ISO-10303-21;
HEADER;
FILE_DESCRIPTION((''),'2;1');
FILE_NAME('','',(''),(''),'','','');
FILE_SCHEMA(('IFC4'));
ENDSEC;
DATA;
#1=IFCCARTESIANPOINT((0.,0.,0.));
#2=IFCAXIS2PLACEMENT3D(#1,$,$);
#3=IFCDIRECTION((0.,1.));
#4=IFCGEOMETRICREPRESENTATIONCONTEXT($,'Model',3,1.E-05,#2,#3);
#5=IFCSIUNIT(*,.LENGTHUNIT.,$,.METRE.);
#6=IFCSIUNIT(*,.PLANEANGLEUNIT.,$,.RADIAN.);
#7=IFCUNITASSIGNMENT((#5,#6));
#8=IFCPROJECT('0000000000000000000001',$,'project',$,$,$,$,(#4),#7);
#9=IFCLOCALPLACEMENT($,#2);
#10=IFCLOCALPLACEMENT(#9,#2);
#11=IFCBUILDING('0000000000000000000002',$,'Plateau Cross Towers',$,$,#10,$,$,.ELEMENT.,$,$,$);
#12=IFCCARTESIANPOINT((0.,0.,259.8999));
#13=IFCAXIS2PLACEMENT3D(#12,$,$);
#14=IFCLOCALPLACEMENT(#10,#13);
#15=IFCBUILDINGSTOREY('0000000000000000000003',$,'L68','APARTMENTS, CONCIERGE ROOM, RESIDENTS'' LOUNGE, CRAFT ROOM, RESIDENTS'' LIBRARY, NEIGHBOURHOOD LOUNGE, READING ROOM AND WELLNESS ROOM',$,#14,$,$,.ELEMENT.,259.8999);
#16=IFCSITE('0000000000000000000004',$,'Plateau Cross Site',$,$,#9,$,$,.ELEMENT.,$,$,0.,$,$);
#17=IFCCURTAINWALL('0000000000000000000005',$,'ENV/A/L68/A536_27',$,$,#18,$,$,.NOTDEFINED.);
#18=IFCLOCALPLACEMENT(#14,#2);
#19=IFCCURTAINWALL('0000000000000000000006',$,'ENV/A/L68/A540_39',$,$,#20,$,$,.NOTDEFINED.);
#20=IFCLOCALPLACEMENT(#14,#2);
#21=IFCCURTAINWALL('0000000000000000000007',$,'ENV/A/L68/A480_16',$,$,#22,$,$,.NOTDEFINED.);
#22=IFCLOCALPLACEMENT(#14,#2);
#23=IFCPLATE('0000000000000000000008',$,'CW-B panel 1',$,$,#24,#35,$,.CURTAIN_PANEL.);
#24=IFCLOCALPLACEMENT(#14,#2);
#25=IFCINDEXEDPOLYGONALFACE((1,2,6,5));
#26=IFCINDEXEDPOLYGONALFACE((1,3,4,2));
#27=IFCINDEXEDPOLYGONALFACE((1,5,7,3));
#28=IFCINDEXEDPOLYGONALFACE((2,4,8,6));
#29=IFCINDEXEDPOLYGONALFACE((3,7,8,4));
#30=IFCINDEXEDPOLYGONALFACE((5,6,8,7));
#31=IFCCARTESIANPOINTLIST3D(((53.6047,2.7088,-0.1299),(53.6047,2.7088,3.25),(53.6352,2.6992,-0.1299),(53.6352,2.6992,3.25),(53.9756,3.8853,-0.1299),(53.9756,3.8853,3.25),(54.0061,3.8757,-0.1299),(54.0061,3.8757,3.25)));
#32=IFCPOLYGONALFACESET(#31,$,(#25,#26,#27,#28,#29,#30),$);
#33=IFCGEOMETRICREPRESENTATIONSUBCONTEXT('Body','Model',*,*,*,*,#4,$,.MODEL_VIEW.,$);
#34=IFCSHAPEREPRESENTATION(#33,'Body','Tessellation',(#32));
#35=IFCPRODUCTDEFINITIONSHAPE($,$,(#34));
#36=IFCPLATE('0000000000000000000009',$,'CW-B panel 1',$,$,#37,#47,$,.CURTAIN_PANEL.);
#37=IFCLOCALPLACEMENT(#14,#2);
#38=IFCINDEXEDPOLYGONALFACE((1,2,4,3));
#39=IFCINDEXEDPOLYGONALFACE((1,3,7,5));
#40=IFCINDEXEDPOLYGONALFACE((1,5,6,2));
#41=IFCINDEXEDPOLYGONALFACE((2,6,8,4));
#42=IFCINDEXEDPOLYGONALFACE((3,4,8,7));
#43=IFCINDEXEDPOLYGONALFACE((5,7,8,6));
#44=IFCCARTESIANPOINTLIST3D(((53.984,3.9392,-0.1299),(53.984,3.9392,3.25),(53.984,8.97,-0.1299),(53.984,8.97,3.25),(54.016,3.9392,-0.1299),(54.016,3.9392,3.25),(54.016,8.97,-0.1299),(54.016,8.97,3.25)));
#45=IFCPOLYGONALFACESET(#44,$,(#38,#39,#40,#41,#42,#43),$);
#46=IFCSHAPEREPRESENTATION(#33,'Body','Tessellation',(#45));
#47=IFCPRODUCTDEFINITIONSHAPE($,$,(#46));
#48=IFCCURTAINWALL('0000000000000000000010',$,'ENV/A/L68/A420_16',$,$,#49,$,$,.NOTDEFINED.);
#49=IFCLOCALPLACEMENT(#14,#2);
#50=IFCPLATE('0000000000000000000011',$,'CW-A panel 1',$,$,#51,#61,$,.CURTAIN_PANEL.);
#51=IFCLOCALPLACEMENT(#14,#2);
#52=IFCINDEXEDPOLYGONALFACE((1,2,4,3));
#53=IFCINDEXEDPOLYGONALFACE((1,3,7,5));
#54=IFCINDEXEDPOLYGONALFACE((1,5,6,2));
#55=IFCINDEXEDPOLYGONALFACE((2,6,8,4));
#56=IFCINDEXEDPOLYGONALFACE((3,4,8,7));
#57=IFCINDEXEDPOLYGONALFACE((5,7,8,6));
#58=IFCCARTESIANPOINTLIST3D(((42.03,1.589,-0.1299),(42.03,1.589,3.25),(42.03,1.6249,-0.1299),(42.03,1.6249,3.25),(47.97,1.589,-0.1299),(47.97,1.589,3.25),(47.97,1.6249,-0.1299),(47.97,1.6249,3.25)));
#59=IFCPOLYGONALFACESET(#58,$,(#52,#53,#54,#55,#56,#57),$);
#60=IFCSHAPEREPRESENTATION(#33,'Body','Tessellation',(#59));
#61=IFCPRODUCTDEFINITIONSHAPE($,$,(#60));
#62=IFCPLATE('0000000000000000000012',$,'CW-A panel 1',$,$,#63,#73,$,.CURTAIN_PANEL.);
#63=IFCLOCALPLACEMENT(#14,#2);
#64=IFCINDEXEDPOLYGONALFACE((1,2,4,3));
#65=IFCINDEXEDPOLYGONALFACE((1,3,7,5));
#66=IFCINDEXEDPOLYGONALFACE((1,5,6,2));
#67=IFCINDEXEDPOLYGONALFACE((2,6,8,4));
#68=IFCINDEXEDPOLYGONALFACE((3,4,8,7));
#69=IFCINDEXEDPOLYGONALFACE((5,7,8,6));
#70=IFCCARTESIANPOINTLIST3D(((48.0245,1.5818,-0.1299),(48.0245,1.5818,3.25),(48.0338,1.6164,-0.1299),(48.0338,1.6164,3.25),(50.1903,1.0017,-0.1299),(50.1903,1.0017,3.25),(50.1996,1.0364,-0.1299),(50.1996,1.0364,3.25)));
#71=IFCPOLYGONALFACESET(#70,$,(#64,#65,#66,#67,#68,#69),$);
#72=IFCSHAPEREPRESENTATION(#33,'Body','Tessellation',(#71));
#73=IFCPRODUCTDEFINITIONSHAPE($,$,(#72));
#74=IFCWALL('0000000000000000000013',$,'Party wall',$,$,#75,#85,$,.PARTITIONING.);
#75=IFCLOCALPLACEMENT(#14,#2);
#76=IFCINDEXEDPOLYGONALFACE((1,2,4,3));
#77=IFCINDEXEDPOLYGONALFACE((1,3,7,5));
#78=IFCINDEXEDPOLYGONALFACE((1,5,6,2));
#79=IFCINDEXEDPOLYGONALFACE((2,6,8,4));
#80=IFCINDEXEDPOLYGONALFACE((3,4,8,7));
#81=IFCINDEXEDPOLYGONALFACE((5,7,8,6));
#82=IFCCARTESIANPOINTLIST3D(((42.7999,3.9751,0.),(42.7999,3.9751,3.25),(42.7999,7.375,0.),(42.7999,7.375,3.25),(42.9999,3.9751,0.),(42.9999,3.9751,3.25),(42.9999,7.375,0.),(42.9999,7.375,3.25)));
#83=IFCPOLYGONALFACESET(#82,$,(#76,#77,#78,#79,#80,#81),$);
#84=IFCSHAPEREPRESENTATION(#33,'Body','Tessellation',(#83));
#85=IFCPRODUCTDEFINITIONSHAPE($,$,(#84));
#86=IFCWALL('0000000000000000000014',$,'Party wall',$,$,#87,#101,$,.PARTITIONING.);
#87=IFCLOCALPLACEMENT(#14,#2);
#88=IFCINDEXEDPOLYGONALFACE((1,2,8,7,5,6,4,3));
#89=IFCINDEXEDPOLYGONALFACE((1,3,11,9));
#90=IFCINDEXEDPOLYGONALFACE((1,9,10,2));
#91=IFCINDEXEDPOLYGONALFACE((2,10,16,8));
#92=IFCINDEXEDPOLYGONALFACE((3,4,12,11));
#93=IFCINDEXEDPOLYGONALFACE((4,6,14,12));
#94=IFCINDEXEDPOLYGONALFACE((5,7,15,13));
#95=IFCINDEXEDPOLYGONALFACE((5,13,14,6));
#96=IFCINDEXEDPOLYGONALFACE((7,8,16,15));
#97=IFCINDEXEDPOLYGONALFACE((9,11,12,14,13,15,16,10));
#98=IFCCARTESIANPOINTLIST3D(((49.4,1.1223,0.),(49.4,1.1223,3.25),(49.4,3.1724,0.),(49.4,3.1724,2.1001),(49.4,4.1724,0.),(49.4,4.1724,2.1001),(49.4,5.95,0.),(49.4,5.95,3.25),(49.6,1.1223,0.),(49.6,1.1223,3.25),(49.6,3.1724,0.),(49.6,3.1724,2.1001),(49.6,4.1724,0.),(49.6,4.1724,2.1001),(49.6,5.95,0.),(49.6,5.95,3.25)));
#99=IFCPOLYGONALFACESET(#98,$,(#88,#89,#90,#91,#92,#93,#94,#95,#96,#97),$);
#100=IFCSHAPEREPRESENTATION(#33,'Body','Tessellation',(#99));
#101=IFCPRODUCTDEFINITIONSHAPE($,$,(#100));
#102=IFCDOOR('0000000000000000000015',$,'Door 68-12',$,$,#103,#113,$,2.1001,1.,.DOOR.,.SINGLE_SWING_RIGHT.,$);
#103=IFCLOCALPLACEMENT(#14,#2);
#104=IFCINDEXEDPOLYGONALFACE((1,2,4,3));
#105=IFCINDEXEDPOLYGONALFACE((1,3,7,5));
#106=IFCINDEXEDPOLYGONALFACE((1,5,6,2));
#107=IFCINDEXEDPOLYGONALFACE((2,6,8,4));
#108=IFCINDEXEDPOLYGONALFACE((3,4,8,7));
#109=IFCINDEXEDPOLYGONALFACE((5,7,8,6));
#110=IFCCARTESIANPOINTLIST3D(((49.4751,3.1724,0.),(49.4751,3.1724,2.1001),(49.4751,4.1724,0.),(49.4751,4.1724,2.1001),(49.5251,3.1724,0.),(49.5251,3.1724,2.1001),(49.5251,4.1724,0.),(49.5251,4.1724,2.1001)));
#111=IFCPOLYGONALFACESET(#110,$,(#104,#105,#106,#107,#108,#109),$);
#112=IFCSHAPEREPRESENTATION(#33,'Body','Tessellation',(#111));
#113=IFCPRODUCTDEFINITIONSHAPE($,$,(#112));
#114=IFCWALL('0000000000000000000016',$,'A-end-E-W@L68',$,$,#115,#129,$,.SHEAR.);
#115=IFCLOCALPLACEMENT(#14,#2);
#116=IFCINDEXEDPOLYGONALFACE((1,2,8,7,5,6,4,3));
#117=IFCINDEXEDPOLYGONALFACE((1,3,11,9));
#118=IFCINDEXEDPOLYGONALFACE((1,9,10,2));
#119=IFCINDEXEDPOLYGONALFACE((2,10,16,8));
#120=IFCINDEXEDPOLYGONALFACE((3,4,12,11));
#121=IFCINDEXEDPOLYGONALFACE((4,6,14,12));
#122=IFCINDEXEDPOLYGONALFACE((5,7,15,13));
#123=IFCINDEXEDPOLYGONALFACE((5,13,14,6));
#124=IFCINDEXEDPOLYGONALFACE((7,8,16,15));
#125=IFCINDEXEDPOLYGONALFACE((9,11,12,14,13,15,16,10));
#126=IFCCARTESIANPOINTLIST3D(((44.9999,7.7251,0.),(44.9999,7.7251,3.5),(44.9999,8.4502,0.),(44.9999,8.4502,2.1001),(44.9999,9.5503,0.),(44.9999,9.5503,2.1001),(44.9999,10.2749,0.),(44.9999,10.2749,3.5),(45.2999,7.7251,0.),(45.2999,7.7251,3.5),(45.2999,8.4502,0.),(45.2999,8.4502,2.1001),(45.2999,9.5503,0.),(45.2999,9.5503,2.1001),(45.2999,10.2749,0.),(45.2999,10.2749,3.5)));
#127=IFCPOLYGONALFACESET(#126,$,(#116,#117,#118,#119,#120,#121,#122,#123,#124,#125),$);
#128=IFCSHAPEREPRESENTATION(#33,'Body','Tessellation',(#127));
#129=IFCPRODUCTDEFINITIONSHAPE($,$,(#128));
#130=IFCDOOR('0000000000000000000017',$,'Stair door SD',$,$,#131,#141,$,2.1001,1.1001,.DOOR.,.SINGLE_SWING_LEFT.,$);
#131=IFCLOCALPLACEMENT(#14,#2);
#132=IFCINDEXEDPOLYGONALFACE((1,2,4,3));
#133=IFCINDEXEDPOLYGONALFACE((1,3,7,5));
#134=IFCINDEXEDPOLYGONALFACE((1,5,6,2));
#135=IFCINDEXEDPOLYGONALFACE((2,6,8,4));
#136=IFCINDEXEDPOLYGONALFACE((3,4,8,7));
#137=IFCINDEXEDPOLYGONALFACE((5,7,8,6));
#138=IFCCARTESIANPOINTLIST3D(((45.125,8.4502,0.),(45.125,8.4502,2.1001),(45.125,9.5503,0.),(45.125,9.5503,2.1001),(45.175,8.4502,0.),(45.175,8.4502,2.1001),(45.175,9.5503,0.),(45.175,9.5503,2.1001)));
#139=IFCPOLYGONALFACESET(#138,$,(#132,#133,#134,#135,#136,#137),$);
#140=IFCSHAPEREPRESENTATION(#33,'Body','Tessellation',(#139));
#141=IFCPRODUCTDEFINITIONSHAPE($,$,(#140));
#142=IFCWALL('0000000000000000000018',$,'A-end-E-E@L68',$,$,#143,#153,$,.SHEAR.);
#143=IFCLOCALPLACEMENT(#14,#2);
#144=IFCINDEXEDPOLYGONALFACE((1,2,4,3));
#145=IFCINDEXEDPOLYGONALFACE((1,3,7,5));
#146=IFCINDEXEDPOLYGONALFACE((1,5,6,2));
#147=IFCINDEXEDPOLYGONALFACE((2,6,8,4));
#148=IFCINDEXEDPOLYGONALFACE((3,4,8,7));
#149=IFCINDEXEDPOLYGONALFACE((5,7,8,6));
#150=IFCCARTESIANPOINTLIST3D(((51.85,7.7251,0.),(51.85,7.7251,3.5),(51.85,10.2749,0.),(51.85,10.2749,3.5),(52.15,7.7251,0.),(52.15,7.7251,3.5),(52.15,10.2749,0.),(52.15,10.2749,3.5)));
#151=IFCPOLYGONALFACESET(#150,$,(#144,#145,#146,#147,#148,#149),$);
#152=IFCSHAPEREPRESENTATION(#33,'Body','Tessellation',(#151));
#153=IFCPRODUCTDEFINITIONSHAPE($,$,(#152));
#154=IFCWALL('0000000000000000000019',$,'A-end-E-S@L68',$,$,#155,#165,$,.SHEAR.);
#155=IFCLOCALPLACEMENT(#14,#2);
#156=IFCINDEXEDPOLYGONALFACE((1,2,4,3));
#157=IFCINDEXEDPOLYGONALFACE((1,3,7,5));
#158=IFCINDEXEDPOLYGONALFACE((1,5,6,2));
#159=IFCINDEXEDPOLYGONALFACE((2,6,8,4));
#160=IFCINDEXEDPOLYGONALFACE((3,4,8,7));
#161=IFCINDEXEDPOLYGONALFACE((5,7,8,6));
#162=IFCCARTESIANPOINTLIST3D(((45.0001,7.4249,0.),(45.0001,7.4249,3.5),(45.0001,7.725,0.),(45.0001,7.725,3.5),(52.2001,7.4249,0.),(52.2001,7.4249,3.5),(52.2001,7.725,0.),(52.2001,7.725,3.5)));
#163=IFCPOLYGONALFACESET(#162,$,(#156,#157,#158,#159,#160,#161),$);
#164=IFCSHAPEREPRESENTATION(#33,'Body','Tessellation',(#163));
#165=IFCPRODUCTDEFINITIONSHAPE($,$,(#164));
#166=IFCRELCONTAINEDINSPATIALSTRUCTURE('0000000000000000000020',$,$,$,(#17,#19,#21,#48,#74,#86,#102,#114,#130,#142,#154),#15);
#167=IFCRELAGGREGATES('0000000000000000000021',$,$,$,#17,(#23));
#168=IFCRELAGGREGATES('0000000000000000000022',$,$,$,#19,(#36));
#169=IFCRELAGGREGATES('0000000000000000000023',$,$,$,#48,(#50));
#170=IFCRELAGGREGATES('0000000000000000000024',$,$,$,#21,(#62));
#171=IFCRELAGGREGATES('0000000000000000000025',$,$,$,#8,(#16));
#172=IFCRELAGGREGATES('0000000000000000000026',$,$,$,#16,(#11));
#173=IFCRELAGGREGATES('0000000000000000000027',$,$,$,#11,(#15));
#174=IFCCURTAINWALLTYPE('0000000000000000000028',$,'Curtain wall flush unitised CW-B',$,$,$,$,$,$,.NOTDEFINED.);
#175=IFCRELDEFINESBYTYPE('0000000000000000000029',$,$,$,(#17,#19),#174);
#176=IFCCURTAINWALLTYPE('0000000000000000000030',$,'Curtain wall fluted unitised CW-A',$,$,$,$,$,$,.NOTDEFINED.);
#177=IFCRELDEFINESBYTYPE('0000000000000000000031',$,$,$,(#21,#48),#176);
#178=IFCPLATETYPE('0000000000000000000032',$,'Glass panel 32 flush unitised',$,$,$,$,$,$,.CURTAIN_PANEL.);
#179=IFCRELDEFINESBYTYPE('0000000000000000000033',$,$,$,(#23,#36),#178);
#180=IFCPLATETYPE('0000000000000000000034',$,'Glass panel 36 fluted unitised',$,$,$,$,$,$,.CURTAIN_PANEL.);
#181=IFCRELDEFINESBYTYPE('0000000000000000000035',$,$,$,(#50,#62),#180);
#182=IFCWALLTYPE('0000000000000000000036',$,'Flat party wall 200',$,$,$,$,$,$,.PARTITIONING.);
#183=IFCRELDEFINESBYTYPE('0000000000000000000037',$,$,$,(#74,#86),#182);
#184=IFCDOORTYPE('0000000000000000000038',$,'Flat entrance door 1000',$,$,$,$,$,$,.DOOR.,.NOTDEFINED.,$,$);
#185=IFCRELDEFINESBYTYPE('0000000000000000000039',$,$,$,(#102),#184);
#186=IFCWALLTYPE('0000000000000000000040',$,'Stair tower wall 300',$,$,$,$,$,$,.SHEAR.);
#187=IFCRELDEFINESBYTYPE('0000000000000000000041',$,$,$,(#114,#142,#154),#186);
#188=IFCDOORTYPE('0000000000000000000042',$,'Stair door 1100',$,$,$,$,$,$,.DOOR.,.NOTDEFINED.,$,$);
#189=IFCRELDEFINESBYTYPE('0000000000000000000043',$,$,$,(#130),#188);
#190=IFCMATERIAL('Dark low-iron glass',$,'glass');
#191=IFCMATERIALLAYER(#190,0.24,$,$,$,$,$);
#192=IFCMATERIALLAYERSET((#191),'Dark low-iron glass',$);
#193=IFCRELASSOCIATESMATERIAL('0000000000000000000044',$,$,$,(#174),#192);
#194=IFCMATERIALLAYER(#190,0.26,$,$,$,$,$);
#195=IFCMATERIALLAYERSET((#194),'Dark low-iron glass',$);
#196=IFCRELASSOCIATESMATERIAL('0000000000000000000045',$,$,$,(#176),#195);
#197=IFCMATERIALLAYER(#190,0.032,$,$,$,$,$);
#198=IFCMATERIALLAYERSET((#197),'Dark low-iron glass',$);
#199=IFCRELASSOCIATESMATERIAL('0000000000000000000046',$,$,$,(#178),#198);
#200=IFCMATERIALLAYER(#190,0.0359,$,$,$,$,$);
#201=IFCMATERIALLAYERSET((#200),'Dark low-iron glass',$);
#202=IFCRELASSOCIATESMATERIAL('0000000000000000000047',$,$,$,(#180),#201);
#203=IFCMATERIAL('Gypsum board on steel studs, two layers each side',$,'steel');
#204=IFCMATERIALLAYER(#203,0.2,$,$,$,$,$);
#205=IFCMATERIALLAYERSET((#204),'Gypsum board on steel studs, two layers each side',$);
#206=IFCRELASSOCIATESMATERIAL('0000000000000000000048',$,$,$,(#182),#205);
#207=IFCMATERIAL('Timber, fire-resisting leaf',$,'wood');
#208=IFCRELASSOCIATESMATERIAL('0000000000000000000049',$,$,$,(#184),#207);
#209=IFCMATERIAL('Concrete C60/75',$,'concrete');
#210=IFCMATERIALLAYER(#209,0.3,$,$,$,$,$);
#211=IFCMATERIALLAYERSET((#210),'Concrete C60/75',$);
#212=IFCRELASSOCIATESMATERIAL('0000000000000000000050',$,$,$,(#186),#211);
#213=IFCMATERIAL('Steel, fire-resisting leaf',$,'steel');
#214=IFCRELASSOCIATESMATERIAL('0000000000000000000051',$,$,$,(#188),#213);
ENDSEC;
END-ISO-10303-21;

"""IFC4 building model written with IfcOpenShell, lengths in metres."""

from ifc_helpers import new_model, si_unit, direction, frame, frame_2d, origin, origin_2d, place, context, subcontext, project, spatial, rectangle, extrude, material, layer, layer_set, type_object, element, fill, aggregate, save


model = new_model("IFC4")

# Units and contexts
model_context = context("Model", 3, precision=1e-05, world=origin(), true_north=direction((0.0, 1.0)))
body_context = subcontext(model_context, "Body", "Model", "MODEL_VIEW")
ifc_project = project(units=[si_unit("LENGTHUNIT", "METRE"), si_unit("PLANEANGLEUNIT", "RADIAN")], contexts=[model_context])

# Site, building, storey
site_placement = place(None, origin())
site = spatial("IfcSite", under=ifc_project, at=site_placement, Name="Plateau Cross Site", CompositionType="ELEMENT", RefElevation=0.0)
building_placement = place(site_placement, origin())
building = spatial("IfcBuilding", under=site, at=building_placement, Name="Plateau Cross Towers", CompositionType="ELEMENT")
storey_placement = place(building_placement, frame((0.0, 0.0, 259.8999)))
storey = spatial("IfcBuildingStorey", under=building, at=storey_placement, Name="L68", Description="APARTMENTS, CONCIERGE ROOM, RESIDENTS' LOUNGE, CRAFT ROOM, RESIDENTS' LIBRARY, NEIGHBOURHOOD LOUNGE, READING ROOM AND WELLNESS ROOM", CompositionType="ELEMENT", Elevation=259.8999)

# Shared definitions
ifc_material_1 = material(Name="Concrete C60/75", Category="concrete")

# Shared definitions
ifc_material_2 = material(Name="Dark low-iron glass", Category="glass")
ifc_layer_1 = layer(ifc_material_2, 0.24)
ifc_layer_set_1 = layer_set([ifc_layer_1], Name="Dark low-iron glass")
curtain_wall_type_1 = type_object("IfcCurtainWallType", Name="Curtain wall flush unitised CW-B", PredefinedType="NOTDEFINED", material=ifc_layer_set_1)

# Curtain walls
curtain_wall_1_placement = place(storey_placement, origin())
curtain_wall_1 = element("IfcCurtainWall", 1, at=curtain_wall_1_placement, inside=storey, type_object=curtain_wall_type_1, Name="ENV/A/L68/A536_27", PredefinedType="NOTDEFINED")
curtain_wall_2_placement = place(storey_placement, origin())
curtain_wall_2 = element("IfcCurtainWall", 2, at=curtain_wall_2_placement, inside=storey, type_object=curtain_wall_type_1, Name="ENV/A/L68/A540_39", PredefinedType="NOTDEFINED")
ifc_layer_2 = layer(ifc_material_2, 0.26)
ifc_layer_set_2 = layer_set([ifc_layer_2], Name="Dark low-iron glass")
curtain_wall_type_2 = type_object("IfcCurtainWallType", Name="Curtain wall fluted unitised CW-A", PredefinedType="NOTDEFINED", material=ifc_layer_set_2)
curtain_wall_3_placement = place(storey_placement, origin())
curtain_wall_3 = element("IfcCurtainWall", 3, at=curtain_wall_3_placement, inside=storey, type_object=curtain_wall_type_2, Name="ENV/A/L68/A480_16", PredefinedType="NOTDEFINED")

# Plates
ifc_layer_3 = layer(ifc_material_2, 0.032)
ifc_layer_set_3 = layer_set([ifc_layer_3], Name="Dark low-iron glass")
plate_type_1 = type_object("IfcPlateType", Name="Glass panel 32 flush unitised", PredefinedType="CURTAIN_PANEL", material=ifc_layer_set_3)
plate_1_placement = place(storey_placement, frame((53.8054, 3.2922, -0.1299), z_axis=(0.0, 0.0, 1.0), x_axis=(0.300686, 0.953723, 0.0)))
plate_1 = element("IfcPlate", 4, at=plate_1_placement, type_object=plate_type_1, Name="CW-B panel 1", PredefinedType="CURTAIN_PANEL", context=body_context, shape_type="SweptSolid", body=[
    extrude(rectangle(XDim=1.2336, YDim=0.032, at=origin_2d()), origin(), (0.0, 0.0, 1.0), 3.3799),
])
aggregate(curtain_wall_1, [plate_1])
plate_2_placement = place(storey_placement, frame((54.0, 6.4546, -0.1299), z_axis=(0.0, 0.0, 1.0), x_axis=(0.0, 1.0, 0.0)))
plate_2 = element("IfcPlate", 5, at=plate_2_placement, type_object=plate_type_1, Name="CW-B panel 1", PredefinedType="CURTAIN_PANEL", context=body_context, shape_type="SweptSolid", body=[
    extrude(rectangle(XDim=5.0308, YDim=0.032, at=origin_2d()), origin(), (0.0, 0.0, 1.0), 3.3799),
])
aggregate(curtain_wall_2, [plate_2])

# Curtain wall, plate
curtain_wall_4_placement = place(storey_placement, origin())
curtain_wall_4 = element("IfcCurtainWall", 6, at=curtain_wall_4_placement, inside=storey, type_object=curtain_wall_type_2, Name="ENV/A/L68/A420_16", PredefinedType="NOTDEFINED")
ifc_layer_4 = layer(ifc_material_2, 0.0359)
ifc_layer_set_4 = layer_set([ifc_layer_4], Name="Dark low-iron glass")
plate_type_2 = type_object("IfcPlateType", Name="Glass panel 36 fluted unitised", PredefinedType="CURTAIN_PANEL", material=ifc_layer_set_4)
plate_3_placement = place(storey_placement, frame((45.0, 1.6069, -0.1299), z_axis=(0.0, 0.0, 1.0), x_axis=(1.0, 0.0, 0.0)))
plate_3 = element("IfcPlate", 7, at=plate_3_placement, type_object=plate_type_2, Name="CW-A panel 1", PredefinedType="CURTAIN_PANEL", context=body_context, shape_type="SweptSolid", body=[
    extrude(rectangle(XDim=5.9399, YDim=0.0359, at=origin_2d()), origin(), (0.0, 0.0, 1.0), 3.3799),
])
aggregate(curtain_wall_4, [plate_3])

# Plate
plate_4_placement = place(storey_placement, frame((49.1121, 1.3091, -0.1299), z_axis=(0.0, 0.0, 1.0), x_axis=(0.965958, -0.258699, 0.0)))
plate_4 = element("IfcPlate", 8, at=plate_4_placement, type_object=plate_type_2, Name="CW-A panel 1", PredefinedType="CURTAIN_PANEL", context=body_context, shape_type="SweptSolid", body=[
    extrude(rectangle(XDim=2.2422, YDim=0.0359, at=origin_2d()), origin(), (0.0, 0.0, 1.0), 3.3799),
])
aggregate(curtain_wall_3, [plate_4])

# Wall
ifc_material_3 = material(Name="Gypsum board on steel studs, two layers each side", Category="steel")
ifc_layer_5 = layer(ifc_material_3, 0.2)
ifc_layer_set_5 = layer_set([ifc_layer_5], Name="Gypsum board on steel studs, two layers each side")
wall_type_1 = type_object("IfcWallType", Name="Flat party wall 200", PredefinedType="PARTITIONING", material=ifc_layer_set_5)
wall_1_placement = place(storey_placement, frame((42.8999, 3.9751, 0.0), z_axis=(0.0, 0.0, 1.0), x_axis=(0.0, 1.0, 0.0)))
element("IfcWall", 9, at=wall_1_placement, inside=storey, type_object=wall_type_1, Name="Party wall", PredefinedType="PARTITIONING", context=body_context, shape_type="SweptSolid", body=[
    extrude(rectangle(XDim=3.3999, YDim=0.2, at=frame_2d((1.7, 0.0))), origin(), (0.0, 0.0, 1.0), 3.25),
])

# Walls, openings, doors
wall_2_placement = place(storey_placement, frame((49.5, 1.1223, 0.0), z_axis=(0.0, 0.0, 1.0), x_axis=(0.0, 1.0, 0.0)))
wall_2 = element("IfcWall", 10, at=wall_2_placement, inside=storey, type_object=wall_type_1, Name="Party wall", PredefinedType="PARTITIONING", context=body_context, shape_type="SweptSolid", body=[
    extrude(rectangle(XDim=4.8276, YDim=0.2, at=frame_2d((2.4138, 0.0))), origin(), (0.0, 0.0, 1.0), 3.25),
])
opening_1_placement = place(wall_2_placement, frame((2.05, 0.0, 0.0)))
opening_1 = element("IfcOpeningElement", 11, at=opening_1_placement, cuts=wall_2, PredefinedType="OPENING", context=body_context, shape_type="SweptSolid", body=[
    extrude(rectangle(XDim=1.0, YDim=2.1001, at=frame_2d((0.5, 1.05))), frame((0.0, 0.1099, 0.0), z_axis=(0.0, -1.0, 0.0), x_axis=(1.0, 0.0, 0.0)), (0.0, 0.0, 1.0), 0.22),
])
ifc_material_4 = material(Name="Timber, fire-resisting leaf", Category="wood")
door_type_1 = type_object("IfcDoorType", Name="Flat entrance door 1000", OperationType="NOTDEFINED", PredefinedType="DOOR", material=ifc_material_4)
door_1_placement = place(opening_1_placement, origin())
door_1 = element("IfcDoor", 12, at=door_1_placement, inside=storey, type_object=door_type_1, Name="Door 68-12", OperationType="SINGLE_SWING_RIGHT", OverallHeight=2.1001, OverallWidth=1.0, PredefinedType="DOOR", context=body_context, shape_type="SweptSolid", body=[
    extrude(rectangle(XDim=1.0, YDim=2.1001, at=frame_2d((0.5, 1.05))), frame((0.0, 0.0249, 0.0), z_axis=(0.0, -1.0, 0.0), x_axis=(1.0, 0.0, 0.0)), (0.0, 0.0, 1.0), 0.05),
])
fill(opening_1, door_1)
ifc_layer_6 = layer(ifc_material_1, 0.3)
ifc_layer_set_6 = layer_set([ifc_layer_6], Name="Concrete C60/75")
wall_type_2 = type_object("IfcWallType", Name="Stair tower wall 300", PredefinedType="SHEAR", material=ifc_layer_set_6)
wall_3_placement = place(storey_placement, frame((45.1499, 7.7251, 0.0), z_axis=(0.0, 0.0, 1.0), x_axis=(0.0, 1.0, 0.0)))
wall_3 = element("IfcWall", 13, at=wall_3_placement, inside=storey, type_object=wall_type_2, Name="A-end-E-W@L68", PredefinedType="SHEAR", context=body_context, shape_type="SweptSolid", body=[
    extrude(rectangle(XDim=2.5498, YDim=0.3, at=frame_2d((1.2749, 0.0))), origin(), (0.0, 0.0, 1.0), 3.5),
])
opening_2_placement = place(wall_3_placement, frame((0.7251, 0.0, 0.0)))
opening_2 = element("IfcOpeningElement", 14, at=opening_2_placement, cuts=wall_3, PredefinedType="OPENING", context=body_context, shape_type="SweptSolid", body=[
    extrude(rectangle(XDim=1.1001, YDim=2.1001, at=frame_2d((0.55, 1.05))), frame((0.0, 0.1599, 0.0), z_axis=(0.0, -1.0, 0.0), x_axis=(1.0, 0.0, 0.0)), (0.0, 0.0, 1.0), 0.3201),
])
ifc_material_5 = material(Name="Steel, fire-resisting leaf", Category="steel")
door_type_2 = type_object("IfcDoorType", Name="Stair door 1100", OperationType="NOTDEFINED", PredefinedType="DOOR", material=ifc_material_5)
door_2_placement = place(opening_2_placement, origin())
door_2 = element("IfcDoor", 15, at=door_2_placement, inside=storey, type_object=door_type_2, Name="Stair door SD", OperationType="SINGLE_SWING_LEFT", OverallHeight=2.1001, OverallWidth=1.1001, PredefinedType="DOOR", context=body_context, shape_type="SweptSolid", body=[
    extrude(rectangle(XDim=1.1001, YDim=2.1001, at=frame_2d((0.55, 1.05))), frame((0.0, 0.0249, 0.0), z_axis=(0.0, -1.0, 0.0), x_axis=(1.0, 0.0, 0.0)), (0.0, 0.0, 1.0), 0.05),
])
fill(opening_2, door_2)

# Walls
wall_4_placement = place(storey_placement, frame((52.0, 7.7251, 0.0), z_axis=(0.0, 0.0, 1.0), x_axis=(0.0, 1.0, 0.0)))
element("IfcWall", 16, at=wall_4_placement, inside=storey, type_object=wall_type_2, Name="A-end-E-E@L68", PredefinedType="SHEAR", context=body_context, shape_type="SweptSolid", body=[
    extrude(rectangle(XDim=2.5498, YDim=0.3, at=frame_2d((1.2749, 0.0))), origin(), (0.0, 0.0, 1.0), 3.5),
])
wall_5_placement = place(storey_placement, frame((45.0, 7.575, 0.0), z_axis=(0.0, 0.0, 1.0), x_axis=(1.0, 0.0, 0.0)))
element("IfcWall", 17, at=wall_5_placement, inside=storey, type_object=wall_type_2, Name="A-end-E-S@L68", PredefinedType="SHEAR", context=body_context, shape_type="SweptSolid", body=[
    extrude(rectangle(XDim=7.2, YDim=0.3, at=frame_2d((3.6001, 0.0))), origin(), (0.0, 0.0, 1.0), 3.5),
])

save(model, "model.ifc")
